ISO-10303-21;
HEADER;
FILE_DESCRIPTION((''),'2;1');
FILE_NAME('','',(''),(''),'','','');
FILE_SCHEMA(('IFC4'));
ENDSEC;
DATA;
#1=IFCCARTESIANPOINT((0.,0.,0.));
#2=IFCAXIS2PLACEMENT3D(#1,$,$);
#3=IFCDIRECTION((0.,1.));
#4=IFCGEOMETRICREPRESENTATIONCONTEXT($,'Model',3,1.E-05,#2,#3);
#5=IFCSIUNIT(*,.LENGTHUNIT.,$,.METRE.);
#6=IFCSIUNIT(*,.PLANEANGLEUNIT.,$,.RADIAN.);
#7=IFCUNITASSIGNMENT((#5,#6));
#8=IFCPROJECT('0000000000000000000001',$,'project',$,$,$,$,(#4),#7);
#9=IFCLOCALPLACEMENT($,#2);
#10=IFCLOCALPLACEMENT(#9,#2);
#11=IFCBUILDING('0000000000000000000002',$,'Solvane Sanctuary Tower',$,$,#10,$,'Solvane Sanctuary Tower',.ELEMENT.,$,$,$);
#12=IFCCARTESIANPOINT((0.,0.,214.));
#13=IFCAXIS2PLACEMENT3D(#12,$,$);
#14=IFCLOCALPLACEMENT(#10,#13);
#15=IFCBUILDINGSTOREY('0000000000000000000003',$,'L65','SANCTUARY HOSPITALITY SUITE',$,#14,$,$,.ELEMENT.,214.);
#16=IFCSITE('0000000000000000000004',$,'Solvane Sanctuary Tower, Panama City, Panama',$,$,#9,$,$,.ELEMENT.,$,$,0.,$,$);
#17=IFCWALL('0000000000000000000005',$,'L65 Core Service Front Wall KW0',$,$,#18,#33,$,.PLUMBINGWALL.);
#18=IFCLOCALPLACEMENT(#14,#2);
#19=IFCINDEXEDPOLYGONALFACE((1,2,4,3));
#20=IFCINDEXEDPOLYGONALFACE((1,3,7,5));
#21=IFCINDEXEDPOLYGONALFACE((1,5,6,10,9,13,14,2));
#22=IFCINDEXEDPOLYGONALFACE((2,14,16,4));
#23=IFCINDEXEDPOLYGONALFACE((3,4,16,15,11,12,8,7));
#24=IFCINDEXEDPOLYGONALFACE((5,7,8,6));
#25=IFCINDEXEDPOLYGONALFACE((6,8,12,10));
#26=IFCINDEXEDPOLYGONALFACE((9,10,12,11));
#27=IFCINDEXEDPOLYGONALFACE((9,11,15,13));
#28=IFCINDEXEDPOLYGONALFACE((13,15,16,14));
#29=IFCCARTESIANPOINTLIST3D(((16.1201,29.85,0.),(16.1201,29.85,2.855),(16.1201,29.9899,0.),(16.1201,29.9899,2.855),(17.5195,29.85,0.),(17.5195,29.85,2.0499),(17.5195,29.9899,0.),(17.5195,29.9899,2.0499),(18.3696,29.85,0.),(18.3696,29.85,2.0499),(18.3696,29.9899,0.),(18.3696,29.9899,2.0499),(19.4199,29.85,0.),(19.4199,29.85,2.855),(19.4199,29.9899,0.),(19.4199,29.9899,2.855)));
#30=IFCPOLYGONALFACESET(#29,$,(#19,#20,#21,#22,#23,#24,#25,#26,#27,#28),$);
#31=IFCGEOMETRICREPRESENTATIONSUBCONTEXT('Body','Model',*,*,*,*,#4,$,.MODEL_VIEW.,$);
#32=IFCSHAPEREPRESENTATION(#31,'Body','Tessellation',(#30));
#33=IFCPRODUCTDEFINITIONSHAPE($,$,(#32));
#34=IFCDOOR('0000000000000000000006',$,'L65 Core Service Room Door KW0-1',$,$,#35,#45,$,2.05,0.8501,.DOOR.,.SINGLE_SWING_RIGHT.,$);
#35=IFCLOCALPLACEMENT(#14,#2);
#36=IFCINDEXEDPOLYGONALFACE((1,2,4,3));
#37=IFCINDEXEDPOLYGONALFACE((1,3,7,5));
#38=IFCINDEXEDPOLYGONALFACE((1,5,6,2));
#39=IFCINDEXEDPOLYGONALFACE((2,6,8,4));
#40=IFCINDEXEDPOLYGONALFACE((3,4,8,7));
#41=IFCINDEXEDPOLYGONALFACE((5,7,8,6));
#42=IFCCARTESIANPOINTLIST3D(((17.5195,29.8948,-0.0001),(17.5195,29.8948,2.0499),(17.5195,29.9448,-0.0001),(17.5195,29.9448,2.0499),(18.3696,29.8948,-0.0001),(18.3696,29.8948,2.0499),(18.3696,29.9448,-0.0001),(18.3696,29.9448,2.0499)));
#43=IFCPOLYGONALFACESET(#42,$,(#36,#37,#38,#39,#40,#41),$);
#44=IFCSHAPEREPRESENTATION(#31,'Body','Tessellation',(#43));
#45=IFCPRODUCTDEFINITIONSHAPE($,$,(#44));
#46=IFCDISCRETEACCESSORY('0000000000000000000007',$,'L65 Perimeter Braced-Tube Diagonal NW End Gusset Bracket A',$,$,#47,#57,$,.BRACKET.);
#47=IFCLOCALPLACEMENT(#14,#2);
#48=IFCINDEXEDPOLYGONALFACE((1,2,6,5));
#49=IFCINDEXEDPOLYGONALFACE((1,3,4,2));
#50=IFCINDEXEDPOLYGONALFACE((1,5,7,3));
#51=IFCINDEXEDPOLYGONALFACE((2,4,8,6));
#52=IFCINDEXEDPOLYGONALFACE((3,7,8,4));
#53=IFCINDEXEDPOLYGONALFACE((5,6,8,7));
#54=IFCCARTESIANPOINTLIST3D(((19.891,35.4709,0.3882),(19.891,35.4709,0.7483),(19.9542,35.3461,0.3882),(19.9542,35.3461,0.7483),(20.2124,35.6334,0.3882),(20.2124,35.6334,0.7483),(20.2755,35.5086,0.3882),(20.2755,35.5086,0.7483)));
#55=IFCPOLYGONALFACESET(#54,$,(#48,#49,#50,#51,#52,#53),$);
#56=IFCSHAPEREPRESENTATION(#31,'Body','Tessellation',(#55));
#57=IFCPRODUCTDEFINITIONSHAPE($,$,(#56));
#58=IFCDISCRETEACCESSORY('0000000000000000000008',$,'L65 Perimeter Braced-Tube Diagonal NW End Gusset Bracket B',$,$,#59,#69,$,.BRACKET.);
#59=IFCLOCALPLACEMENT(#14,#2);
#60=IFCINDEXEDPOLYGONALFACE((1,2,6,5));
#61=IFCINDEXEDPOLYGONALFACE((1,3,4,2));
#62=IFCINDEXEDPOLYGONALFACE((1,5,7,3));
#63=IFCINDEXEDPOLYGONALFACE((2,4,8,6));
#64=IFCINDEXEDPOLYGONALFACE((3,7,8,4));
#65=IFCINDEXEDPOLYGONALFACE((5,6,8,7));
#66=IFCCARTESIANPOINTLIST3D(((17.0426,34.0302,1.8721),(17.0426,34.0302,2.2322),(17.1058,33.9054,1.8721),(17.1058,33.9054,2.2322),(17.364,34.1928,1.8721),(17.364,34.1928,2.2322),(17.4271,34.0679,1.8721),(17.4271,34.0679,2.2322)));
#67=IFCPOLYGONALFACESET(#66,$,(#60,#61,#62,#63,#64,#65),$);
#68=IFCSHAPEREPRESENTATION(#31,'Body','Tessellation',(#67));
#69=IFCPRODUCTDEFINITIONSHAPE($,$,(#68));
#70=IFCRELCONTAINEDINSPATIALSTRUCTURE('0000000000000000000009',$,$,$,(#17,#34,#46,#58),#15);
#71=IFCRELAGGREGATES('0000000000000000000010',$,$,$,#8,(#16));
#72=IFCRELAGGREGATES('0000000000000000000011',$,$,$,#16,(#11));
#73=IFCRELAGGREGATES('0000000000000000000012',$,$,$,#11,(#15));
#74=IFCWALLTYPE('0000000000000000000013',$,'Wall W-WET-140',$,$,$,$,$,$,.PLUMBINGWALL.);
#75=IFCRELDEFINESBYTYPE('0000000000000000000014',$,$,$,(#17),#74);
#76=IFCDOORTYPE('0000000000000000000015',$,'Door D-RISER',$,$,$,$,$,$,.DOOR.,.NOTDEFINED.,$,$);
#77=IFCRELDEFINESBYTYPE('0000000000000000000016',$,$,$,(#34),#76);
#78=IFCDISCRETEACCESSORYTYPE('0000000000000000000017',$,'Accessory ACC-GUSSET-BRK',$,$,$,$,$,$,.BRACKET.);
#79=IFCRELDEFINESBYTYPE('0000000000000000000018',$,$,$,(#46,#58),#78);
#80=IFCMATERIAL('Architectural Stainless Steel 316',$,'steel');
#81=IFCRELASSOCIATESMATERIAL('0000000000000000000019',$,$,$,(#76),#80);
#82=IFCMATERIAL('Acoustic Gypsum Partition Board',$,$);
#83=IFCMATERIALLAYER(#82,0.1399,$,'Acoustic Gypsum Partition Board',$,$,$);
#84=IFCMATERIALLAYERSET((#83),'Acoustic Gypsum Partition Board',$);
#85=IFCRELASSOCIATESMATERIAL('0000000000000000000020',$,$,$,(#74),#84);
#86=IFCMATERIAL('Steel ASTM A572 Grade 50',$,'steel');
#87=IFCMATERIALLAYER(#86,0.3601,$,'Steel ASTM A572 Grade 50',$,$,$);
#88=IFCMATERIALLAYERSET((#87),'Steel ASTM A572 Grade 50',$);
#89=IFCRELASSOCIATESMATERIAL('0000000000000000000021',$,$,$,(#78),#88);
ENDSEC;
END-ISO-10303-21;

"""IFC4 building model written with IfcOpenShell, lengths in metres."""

from ifc_helpers import new_model, si_unit, direction, frame, frame_2d, origin, origin_2d, place, context, subcontext, project, spatial, rectangle, extrude, material, layer, layer_set, type_object, element, fill, save


model = new_model("IFC4")

# Units and contexts
model_context = context("Model", 3, precision=1e-05, world=origin(), true_north=direction((0.0, 1.0)))
body_context = subcontext(model_context, "Body", "Model", "MODEL_VIEW")
ifc_project = project(units=[si_unit("LENGTHUNIT", "METRE"), si_unit("PLANEANGLEUNIT", "RADIAN")], contexts=[model_context])

# Site, building, storey
site_placement = place(None, origin())
site = spatial("IfcSite", under=ifc_project, at=site_placement, Name="Solvane Sanctuary Tower, Panama City, Panama", CompositionType="ELEMENT", RefElevation=0.0)
building_placement = place(site_placement, origin())
building = spatial("IfcBuilding", under=site, at=building_placement, Name="Solvane Sanctuary Tower", LongName="Solvane Sanctuary Tower", CompositionType="ELEMENT")
storey_placement = place(building_placement, frame((0.0, 0.0, 214.0)))
storey = spatial("IfcBuildingStorey", under=building, at=storey_placement, Name="L65", Description="SANCTUARY HOSPITALITY SUITE", CompositionType="ELEMENT", Elevation=214.0)

# Shared definitions
ifc_material_1 = material(Name="Acoustic Gypsum Partition Board")

# Shared definitions
ifc_material_2 = material(Name="Architectural Stainless Steel 316", Category="steel")
door_type_1 = type_object("IfcDoorType", Name="Door D-RISER", OperationType="NOTDEFINED", PredefinedType="DOOR", material=ifc_material_2)

# Wall, opening, door
ifc_layer_1 = layer(ifc_material_1, 0.1399, Name="Acoustic Gypsum Partition Board")
ifc_layer_set_1 = layer_set([ifc_layer_1], Name="Acoustic Gypsum Partition Board")
wall_type_1 = type_object("IfcWallType", Name="Wall W-WET-140", PredefinedType="PLUMBINGWALL", material=ifc_layer_set_1)
wall_1_placement = place(storey_placement, frame((16.1201, 29.9199, 0.0), z_axis=(0.0, 0.0, 1.0), x_axis=(1.0, 0.0, 0.0)))
wall_1 = element("IfcWall", 1, at=wall_1_placement, inside=storey, type_object=wall_type_1, Name="L65 Core Service Front Wall KW0", PredefinedType="PLUMBINGWALL", context=body_context, shape_type="SweptSolid", body=[
    extrude(rectangle(XDim=3.2998, YDim=0.1399, at=frame_2d((1.6499, 0.0))), origin(), (0.0, 0.0, 1.0), 2.855),
])
opening_1_placement = place(wall_1_placement, frame((1.3994, 0.0, 0.0)))
opening_1 = element("IfcOpeningElement", 2, at=opening_1_placement, cuts=wall_1, PredefinedType="OPENING", context=body_context, shape_type="SweptSolid", body=[
    extrude(rectangle(XDim=0.8501, YDim=2.05, at=frame_2d((0.425, 1.0249))), frame((0.0, 0.0798, 0.0), z_axis=(0.0, -1.0, 0.0), x_axis=(1.0, 0.0, 0.0)), (0.0, 0.0, 1.0), 0.1599),
])
door_1_placement = place(opening_1_placement, origin())
door_1 = element("IfcDoor", 3, at=door_1_placement, inside=storey, type_object=door_type_1, Name="L65 Core Service Room Door KW0-1", OperationType="SINGLE_SWING_RIGHT", OverallHeight=2.05, OverallWidth=0.8501, PredefinedType="DOOR", context=body_context, shape_type="SweptSolid", body=[
    extrude(rectangle(XDim=0.8501, YDim=2.05, at=frame_2d((0.425, 1.0249))), frame((0.0, 0.0249, 0.0), z_axis=(0.0, -1.0, 0.0), x_axis=(1.0, 0.0, 0.0)), (0.0, 0.0, 1.0), 0.05),
])
fill(opening_1, door_1)

# Discrete accessories
ifc_material_3 = material(Name="Steel ASTM A572 Grade 50", Category="steel")
ifc_layer_2 = layer(ifc_material_3, 0.3601, Name="Steel ASTM A572 Grade 50")
ifc_layer_set_2 = layer_set([ifc_layer_2], Name="Steel ASTM A572 Grade 50")
discrete_accessory_type = type_object("IfcDiscreteAccessoryType", Name="Accessory ACC-GUSSET-BRK", PredefinedType="BRACKET", material=ifc_layer_set_2)
for number, where, z_axis, x_axis, name in (
    (4, (20.0833, 35.4897, 0.3882), (0.0, 0.0, 1.0), (-0.89235, -0.451345, 0.0), "L65 Perimeter Braced-Tube Diagonal NW End Gusset Bracket A"),
    (5, (17.2349, 34.0491, 1.8721), (0.0, 0.0, 1.0), (-0.89235, -0.451345, 0.0), "L65 Perimeter Braced-Tube Diagonal NW End Gusset Bracket B"),
):
    element("IfcDiscreteAccessory", number, at=place(storey_placement, frame(where, z_axis=z_axis, x_axis=x_axis)), inside=storey, type_object=discrete_accessory_type, Name=name, PredefinedType="BRACKET", context=body_context, shape_type="SweptSolid", body=[
        extrude(rectangle(XDim=0.3601, YDim=0.1399, at=origin_2d()), origin(), (0.0, 0.0, 1.0), 0.3601),
    ])

save(model, "model.ifc")
